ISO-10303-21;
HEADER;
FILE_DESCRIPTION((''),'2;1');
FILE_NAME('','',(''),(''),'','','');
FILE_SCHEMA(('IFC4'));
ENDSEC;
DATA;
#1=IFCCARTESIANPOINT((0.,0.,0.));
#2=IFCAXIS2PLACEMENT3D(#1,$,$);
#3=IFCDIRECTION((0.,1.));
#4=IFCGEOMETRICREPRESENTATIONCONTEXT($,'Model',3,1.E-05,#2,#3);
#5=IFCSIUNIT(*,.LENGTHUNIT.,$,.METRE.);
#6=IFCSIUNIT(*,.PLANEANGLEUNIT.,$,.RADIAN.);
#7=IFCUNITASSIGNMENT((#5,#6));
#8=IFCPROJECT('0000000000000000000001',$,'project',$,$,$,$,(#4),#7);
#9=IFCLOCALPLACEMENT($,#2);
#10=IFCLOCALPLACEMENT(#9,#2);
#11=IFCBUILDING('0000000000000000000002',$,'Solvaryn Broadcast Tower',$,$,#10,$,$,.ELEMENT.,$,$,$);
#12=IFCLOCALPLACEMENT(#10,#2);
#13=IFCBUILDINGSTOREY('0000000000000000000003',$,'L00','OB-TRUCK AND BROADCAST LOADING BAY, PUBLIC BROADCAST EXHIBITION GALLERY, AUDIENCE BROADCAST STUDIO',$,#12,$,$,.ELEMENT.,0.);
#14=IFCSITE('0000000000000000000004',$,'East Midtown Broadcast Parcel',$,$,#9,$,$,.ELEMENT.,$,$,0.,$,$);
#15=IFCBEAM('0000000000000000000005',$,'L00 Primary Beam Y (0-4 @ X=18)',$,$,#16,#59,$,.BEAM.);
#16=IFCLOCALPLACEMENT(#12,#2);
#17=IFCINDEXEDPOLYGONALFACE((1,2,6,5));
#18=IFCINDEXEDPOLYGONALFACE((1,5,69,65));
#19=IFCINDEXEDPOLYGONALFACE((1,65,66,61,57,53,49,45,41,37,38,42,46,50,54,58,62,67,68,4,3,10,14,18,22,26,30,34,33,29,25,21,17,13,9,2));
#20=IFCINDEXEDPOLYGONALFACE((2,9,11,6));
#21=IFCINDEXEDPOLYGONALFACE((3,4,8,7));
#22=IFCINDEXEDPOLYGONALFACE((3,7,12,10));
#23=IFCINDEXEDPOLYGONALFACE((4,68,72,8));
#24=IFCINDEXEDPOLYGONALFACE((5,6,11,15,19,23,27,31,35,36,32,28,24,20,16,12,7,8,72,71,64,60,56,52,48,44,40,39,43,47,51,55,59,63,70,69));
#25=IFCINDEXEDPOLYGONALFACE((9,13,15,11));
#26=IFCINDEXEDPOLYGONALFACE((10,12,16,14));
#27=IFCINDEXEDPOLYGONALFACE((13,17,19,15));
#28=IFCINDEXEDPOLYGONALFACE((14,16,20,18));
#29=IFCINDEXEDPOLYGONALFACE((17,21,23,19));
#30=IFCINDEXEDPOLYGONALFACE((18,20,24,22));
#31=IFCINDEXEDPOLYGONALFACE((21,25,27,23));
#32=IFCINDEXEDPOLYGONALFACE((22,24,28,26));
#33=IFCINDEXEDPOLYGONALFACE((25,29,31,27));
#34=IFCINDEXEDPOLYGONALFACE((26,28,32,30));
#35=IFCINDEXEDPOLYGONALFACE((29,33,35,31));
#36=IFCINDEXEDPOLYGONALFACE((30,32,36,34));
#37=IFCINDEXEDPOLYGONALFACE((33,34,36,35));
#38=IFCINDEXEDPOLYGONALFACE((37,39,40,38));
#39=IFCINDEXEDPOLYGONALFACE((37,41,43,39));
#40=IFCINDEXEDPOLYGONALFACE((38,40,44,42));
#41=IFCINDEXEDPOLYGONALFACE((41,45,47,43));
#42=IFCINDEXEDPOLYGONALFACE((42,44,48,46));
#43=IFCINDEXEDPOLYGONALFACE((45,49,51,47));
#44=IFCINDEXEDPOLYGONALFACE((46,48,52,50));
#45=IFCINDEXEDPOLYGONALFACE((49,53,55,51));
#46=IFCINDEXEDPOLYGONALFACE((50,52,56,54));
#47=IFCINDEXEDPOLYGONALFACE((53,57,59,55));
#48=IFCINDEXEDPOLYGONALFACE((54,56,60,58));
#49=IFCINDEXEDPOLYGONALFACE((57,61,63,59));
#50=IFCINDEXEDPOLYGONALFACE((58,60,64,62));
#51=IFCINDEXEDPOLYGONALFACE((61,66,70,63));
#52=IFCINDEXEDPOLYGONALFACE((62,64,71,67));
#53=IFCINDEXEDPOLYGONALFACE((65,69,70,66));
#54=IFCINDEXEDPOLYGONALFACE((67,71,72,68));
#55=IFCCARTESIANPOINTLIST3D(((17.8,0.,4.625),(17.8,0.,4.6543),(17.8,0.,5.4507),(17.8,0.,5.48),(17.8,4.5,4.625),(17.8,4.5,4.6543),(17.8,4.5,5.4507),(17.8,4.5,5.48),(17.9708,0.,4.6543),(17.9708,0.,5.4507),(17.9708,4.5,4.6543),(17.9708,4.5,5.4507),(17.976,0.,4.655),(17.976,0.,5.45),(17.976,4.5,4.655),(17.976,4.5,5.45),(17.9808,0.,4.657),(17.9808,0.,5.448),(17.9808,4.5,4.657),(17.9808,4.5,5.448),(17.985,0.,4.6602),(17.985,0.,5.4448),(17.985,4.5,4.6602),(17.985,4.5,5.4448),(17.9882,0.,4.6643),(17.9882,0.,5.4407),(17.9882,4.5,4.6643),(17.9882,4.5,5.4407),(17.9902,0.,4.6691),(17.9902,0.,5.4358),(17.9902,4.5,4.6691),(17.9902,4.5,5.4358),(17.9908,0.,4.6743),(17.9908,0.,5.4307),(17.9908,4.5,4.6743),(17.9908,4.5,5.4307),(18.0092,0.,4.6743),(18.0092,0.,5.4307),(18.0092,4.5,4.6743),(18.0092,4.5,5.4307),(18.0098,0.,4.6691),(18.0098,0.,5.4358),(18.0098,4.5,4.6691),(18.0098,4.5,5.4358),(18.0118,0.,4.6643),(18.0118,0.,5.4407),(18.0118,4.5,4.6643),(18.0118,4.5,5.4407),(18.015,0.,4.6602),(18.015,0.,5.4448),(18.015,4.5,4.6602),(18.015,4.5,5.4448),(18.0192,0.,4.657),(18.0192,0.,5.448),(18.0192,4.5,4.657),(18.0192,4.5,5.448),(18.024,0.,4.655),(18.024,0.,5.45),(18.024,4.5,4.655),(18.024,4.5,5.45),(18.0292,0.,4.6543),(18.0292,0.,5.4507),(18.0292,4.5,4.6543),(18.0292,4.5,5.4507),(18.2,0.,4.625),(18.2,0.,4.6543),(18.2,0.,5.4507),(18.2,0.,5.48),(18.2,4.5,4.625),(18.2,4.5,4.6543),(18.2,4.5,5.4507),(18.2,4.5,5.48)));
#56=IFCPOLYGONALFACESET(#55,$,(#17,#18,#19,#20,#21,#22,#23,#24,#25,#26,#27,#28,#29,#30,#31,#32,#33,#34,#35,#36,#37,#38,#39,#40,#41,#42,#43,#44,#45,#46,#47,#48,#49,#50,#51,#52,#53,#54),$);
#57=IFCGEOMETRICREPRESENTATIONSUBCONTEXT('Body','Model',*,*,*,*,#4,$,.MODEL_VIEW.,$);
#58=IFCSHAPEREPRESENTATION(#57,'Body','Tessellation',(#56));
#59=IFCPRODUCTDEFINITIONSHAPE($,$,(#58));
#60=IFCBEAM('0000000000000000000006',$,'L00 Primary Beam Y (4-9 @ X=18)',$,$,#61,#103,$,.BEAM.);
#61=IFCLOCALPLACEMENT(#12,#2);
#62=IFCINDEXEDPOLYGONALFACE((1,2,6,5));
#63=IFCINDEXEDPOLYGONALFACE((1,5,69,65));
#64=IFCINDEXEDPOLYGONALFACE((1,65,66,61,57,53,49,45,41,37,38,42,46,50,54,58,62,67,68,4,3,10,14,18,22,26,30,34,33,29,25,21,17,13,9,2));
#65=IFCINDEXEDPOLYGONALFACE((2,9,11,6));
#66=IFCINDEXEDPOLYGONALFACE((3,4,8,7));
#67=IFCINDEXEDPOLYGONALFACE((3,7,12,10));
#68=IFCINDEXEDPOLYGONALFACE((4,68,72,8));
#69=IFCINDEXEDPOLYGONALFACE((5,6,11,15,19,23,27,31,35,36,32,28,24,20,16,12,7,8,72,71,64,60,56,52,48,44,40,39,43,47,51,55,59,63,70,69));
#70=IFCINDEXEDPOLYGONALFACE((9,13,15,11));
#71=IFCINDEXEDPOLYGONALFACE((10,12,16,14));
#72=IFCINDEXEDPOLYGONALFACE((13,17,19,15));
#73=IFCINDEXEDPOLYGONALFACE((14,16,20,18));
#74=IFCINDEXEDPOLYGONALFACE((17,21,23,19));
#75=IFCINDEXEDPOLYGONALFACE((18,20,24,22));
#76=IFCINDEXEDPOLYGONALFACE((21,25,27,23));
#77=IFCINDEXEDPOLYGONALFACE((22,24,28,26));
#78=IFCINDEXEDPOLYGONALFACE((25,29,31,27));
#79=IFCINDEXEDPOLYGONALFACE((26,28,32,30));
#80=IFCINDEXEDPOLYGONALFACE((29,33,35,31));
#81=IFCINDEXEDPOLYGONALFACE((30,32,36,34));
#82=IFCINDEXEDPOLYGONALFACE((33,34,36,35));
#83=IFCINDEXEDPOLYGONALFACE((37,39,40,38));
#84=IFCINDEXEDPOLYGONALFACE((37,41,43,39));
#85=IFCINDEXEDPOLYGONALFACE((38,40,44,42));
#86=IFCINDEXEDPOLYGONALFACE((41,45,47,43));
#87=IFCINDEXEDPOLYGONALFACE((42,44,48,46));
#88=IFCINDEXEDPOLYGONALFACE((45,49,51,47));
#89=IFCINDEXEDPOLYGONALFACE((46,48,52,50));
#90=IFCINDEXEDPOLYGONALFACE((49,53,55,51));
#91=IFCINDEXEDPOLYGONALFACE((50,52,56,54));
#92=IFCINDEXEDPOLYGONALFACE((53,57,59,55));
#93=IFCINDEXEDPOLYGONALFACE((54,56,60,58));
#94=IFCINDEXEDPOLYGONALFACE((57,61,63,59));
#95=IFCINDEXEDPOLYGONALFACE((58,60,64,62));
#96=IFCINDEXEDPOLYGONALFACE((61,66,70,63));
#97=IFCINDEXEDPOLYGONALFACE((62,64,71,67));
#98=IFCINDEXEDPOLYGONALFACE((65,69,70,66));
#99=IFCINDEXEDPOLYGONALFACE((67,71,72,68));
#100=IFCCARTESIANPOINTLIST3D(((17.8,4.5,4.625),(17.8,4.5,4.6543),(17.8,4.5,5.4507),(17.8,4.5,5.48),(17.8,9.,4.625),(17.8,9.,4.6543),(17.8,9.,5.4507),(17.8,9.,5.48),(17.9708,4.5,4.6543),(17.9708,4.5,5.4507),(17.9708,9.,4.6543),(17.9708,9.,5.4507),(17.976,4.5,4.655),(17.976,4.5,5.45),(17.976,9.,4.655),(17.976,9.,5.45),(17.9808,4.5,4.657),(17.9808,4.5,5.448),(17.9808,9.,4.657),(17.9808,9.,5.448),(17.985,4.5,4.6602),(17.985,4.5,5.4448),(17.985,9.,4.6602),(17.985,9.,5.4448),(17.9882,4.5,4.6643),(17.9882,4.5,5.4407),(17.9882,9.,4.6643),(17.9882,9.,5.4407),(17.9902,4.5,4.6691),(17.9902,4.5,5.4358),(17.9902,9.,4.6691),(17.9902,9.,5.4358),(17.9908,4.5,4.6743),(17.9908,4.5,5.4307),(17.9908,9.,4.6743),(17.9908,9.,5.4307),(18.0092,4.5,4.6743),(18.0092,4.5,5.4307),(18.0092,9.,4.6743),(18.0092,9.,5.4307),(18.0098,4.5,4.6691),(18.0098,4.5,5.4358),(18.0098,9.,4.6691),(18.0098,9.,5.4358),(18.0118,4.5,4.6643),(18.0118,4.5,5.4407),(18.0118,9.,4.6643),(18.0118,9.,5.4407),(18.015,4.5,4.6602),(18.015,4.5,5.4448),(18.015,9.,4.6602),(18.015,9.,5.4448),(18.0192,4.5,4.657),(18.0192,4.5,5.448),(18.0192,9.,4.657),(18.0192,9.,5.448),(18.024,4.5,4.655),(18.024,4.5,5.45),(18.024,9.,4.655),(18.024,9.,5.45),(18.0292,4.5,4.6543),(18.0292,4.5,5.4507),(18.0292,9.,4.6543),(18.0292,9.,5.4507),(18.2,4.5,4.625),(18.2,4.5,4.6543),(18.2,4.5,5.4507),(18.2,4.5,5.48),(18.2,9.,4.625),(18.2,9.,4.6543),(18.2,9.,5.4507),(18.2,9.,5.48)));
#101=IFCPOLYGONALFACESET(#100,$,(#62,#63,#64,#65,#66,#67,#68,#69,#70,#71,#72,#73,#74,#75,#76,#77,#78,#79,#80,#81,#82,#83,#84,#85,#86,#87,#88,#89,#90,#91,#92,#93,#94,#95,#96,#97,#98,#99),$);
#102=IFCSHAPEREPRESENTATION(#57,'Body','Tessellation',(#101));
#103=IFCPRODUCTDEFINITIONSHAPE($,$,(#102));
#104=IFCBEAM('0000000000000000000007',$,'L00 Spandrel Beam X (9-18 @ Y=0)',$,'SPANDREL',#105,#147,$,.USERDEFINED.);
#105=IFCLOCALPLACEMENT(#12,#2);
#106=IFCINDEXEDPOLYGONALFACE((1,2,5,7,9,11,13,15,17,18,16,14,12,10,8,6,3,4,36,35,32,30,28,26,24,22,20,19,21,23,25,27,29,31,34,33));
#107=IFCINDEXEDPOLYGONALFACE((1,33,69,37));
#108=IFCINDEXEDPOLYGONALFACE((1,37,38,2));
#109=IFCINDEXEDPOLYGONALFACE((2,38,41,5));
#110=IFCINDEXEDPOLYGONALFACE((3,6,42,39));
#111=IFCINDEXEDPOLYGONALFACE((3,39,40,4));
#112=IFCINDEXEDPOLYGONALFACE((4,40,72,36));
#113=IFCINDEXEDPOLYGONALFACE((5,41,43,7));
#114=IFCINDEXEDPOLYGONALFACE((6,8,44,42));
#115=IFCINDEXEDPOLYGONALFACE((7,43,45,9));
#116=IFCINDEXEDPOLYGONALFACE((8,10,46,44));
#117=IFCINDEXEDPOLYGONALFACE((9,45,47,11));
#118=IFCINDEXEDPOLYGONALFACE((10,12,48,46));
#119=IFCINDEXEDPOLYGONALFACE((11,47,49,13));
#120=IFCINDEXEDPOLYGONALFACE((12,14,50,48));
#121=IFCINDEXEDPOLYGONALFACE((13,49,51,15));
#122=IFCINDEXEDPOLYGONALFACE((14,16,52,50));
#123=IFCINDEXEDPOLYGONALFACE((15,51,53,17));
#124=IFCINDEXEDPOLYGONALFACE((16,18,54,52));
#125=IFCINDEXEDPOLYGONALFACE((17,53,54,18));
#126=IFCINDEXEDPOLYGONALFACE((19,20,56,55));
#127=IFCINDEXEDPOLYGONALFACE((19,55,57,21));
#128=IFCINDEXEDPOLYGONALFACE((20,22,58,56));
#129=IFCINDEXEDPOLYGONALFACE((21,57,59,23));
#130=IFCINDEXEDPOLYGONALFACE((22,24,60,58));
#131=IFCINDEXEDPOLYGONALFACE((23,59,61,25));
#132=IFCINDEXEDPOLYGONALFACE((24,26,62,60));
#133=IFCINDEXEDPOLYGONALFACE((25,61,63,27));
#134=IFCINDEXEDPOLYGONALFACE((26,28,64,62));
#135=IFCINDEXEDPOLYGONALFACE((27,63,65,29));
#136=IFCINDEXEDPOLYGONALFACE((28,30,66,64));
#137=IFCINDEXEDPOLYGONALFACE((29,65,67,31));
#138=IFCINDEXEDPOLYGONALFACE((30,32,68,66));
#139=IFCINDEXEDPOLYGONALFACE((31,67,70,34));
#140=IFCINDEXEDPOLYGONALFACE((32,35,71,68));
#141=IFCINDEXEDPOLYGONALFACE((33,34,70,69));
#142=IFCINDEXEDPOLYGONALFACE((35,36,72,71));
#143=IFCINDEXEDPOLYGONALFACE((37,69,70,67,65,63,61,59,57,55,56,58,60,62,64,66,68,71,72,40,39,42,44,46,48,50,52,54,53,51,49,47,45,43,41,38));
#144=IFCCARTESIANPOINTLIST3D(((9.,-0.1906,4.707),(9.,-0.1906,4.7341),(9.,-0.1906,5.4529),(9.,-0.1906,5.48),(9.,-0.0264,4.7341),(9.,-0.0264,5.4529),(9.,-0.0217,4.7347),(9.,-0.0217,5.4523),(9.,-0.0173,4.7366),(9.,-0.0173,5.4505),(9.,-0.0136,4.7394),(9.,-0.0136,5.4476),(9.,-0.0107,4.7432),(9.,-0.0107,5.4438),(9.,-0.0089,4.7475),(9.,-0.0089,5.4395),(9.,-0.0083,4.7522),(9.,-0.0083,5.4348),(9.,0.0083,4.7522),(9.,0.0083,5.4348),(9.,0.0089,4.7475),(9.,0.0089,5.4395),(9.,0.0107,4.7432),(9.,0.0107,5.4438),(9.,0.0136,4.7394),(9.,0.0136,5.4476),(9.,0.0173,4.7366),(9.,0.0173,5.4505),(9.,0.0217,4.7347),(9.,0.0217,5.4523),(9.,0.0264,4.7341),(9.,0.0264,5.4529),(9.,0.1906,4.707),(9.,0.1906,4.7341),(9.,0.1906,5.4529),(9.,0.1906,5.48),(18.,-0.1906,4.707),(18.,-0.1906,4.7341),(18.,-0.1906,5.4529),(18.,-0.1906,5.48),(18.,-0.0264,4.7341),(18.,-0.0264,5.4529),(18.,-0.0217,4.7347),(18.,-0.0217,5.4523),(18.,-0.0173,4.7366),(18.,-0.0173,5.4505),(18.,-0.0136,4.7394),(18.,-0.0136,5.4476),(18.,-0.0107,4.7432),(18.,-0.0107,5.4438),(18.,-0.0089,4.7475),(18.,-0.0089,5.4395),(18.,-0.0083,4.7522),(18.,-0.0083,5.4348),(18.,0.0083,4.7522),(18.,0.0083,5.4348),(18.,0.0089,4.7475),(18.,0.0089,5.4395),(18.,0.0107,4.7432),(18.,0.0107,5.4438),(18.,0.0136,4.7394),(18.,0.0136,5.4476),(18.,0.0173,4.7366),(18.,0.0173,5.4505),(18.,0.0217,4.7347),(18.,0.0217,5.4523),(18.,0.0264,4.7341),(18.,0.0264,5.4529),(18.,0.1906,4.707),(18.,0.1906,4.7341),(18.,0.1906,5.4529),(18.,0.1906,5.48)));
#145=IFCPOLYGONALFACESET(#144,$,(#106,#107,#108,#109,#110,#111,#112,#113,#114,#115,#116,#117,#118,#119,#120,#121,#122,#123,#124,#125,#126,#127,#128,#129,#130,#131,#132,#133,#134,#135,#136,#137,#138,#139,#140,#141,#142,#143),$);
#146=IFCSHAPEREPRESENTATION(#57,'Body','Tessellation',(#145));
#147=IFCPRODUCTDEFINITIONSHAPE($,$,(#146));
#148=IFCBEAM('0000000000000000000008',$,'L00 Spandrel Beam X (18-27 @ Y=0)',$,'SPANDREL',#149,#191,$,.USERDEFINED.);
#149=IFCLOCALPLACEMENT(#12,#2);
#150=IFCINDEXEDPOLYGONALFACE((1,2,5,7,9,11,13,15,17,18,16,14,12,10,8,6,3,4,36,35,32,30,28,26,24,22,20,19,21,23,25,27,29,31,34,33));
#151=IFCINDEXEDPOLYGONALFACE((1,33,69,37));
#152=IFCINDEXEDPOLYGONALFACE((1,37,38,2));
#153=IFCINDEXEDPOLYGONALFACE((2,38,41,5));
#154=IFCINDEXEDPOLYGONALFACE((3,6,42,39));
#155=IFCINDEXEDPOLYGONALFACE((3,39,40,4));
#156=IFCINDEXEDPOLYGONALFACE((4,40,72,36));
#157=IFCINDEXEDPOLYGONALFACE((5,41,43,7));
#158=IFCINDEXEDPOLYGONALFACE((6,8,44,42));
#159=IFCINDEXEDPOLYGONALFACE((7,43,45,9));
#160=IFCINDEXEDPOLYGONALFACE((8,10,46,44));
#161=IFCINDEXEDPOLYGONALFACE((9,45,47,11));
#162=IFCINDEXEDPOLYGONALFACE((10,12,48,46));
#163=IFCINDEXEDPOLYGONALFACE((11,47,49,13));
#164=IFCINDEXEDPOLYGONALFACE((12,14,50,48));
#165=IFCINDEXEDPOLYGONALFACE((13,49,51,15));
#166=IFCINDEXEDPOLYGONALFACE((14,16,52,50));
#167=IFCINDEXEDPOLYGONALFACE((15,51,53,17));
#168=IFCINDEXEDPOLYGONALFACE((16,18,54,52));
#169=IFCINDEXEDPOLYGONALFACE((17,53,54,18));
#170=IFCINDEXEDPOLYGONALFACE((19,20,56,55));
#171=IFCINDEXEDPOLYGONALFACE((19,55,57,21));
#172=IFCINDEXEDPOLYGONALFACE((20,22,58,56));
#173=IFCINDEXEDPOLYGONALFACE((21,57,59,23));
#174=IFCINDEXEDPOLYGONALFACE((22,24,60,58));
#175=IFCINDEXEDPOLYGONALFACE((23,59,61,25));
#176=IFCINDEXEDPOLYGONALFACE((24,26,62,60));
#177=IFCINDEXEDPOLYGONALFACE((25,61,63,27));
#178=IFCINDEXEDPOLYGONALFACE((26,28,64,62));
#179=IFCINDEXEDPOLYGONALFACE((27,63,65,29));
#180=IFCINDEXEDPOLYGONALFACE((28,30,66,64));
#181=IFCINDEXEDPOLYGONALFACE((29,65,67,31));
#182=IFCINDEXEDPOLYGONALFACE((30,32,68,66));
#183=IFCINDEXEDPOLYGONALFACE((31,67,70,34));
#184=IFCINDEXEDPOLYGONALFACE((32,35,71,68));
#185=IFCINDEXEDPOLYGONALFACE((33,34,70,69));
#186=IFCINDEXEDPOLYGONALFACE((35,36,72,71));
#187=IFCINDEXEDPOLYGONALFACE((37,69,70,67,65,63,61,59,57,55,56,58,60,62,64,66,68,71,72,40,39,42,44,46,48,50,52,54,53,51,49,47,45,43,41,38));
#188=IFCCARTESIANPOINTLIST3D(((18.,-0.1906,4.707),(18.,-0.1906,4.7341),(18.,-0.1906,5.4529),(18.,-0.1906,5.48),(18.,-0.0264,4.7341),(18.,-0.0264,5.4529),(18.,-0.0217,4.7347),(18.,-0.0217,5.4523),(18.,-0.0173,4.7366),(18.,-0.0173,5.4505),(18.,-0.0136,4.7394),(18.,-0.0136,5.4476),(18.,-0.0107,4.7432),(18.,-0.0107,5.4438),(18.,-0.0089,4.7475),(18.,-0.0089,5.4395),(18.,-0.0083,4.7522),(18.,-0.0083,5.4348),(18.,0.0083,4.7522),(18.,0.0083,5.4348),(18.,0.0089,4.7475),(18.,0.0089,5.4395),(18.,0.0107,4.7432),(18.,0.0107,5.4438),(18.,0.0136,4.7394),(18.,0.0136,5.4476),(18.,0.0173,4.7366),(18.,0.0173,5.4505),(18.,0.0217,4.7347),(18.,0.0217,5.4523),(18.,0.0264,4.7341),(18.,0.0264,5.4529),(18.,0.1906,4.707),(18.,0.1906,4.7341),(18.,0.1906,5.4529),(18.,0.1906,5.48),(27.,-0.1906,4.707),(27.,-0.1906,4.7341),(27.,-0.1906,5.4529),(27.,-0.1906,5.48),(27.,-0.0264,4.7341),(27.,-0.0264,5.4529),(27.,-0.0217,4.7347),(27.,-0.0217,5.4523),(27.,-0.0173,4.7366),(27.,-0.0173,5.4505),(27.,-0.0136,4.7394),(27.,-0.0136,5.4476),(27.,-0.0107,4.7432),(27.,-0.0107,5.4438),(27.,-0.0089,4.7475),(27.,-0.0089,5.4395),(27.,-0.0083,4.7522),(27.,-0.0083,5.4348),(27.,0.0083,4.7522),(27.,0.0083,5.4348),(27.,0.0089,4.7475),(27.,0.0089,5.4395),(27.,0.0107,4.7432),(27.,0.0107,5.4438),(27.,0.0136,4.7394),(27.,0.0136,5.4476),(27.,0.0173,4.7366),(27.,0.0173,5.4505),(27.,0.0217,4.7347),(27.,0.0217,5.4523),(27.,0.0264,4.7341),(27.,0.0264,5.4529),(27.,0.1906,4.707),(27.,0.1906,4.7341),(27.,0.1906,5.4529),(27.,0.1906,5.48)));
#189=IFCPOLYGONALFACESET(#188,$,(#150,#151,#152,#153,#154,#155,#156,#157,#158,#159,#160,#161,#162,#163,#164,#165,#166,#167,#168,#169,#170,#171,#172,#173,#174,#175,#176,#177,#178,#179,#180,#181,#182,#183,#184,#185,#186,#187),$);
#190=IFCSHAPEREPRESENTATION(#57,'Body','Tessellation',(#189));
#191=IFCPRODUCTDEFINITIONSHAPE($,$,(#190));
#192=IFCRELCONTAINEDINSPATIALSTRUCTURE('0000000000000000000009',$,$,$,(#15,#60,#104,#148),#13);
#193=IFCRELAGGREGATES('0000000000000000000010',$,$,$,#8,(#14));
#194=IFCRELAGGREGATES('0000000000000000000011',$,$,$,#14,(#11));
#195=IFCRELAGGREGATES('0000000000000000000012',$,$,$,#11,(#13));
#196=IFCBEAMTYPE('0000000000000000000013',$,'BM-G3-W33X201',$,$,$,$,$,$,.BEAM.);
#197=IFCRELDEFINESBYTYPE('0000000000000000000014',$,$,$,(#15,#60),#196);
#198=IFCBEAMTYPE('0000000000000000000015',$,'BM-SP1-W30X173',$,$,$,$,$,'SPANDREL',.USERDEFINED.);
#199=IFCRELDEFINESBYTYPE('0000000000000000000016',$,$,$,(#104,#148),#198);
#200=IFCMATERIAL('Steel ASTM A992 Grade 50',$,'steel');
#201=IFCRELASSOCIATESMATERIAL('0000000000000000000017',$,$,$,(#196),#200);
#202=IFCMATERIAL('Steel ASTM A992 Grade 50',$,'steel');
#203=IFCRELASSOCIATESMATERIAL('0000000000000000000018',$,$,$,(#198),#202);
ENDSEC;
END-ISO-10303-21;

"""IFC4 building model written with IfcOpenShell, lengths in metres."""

from ifc_helpers import new_model, si_unit, direction, frame, origin, origin_2d, place, context, subcontext, project, spatial, i_section, extrude, material, material_profile, profile_set, type_object, element, save


model = new_model("IFC4")

# Units and contexts
model_context = context("Model", 3, precision=1e-05, world=origin(), true_north=direction((0.0, 1.0)))
body_context = subcontext(model_context, "Body", "Model", "MODEL_VIEW")
ifc_project = project(units=[si_unit("LENGTHUNIT", "METRE"), si_unit("PLANEANGLEUNIT", "RADIAN")], contexts=[model_context])

# Site, building, storey
site_placement = place(None, origin())
site = spatial("IfcSite", under=ifc_project, at=site_placement, Name="East Midtown Broadcast Parcel", CompositionType="ELEMENT", RefElevation=0.0)
building_placement = place(site_placement, origin())
building = spatial("IfcBuilding", under=site, at=building_placement, Name="Solvaryn Broadcast Tower", CompositionType="ELEMENT")
storey_placement = place(building_placement, origin())
storey = spatial("IfcBuildingStorey", under=building, at=storey_placement, Name="L00", Description="OB-TRUCK AND BROADCAST LOADING BAY, PUBLIC BROADCAST EXHIBITION GALLERY, AUDIENCE BROADCAST STUDIO", CompositionType="ELEMENT", Elevation=0.0)

# Beams
ifc_material_1 = material(Name="Steel ASTM A992 Grade 50", Category="steel")
ifc_material_profile_1 = material_profile(ifc_material_1, i_section(OverallWidth=0.3999, OverallDepth=0.855, WebThickness=0.0183, FlangeThickness=0.0293, FilletRadius=0.02, at=origin_2d()))
ifc_profile_set_1 = profile_set([ifc_material_profile_1], Name="Steel ASTM A992 Grade 50")
beam_type_1 = type_object("IfcBeamType", Name="BM-G3-W33X201", PredefinedType="BEAM", material=ifc_profile_set_1)
for number, where, z_axis, x_axis, name in (
    (1, (18.0, 0.0, 5.0525), (0.0, 1.0, 0.0), (-1.0, 0.0, 0.0), "L00 Primary Beam Y (0-4 @ X=18)"),
    (2, (18.0, 4.5, 5.0525), (0.0, 1.0, 0.0), (-1.0, 0.0, 0.0), "L00 Primary Beam Y (4-9 @ X=18)"),
):
    element("IfcBeam", number, at=place(storey_placement, frame(where, z_axis=z_axis, x_axis=x_axis)), inside=storey, type_object=beam_type_1, Name=name, PredefinedType="BEAM", context=body_context, shape_type="SweptSolid", body=[
        extrude(i_section(OverallWidth=0.3999, OverallDepth=0.855, WebThickness=0.0183, FlangeThickness=0.0293, FilletRadius=0.02, at=origin_2d()), origin(), (0.0, 0.0, 1.0), 4.5),
    ])
ifc_material_2 = material(Name="Steel ASTM A992 Grade 50", Category="steel")
ifc_material_profile_2 = material_profile(ifc_material_2, i_section(OverallWidth=0.3811, OverallDepth=0.7729, WebThickness=0.0166, FlangeThickness=0.0271, FilletRadius=0.0181, at=origin_2d()))
ifc_profile_set_2 = profile_set([ifc_material_profile_2], Name="Steel ASTM A992 Grade 50")
beam_type_2 = type_object("IfcBeamType", Name="BM-SP1-W30X173", ElementType="SPANDREL", PredefinedType="USERDEFINED", material=ifc_profile_set_2)
for number, where, z_axis, x_axis, name in (
    (3, (9.0, 0.0, 5.0935), (1.0, 0.0, 0.0), (0.0, 1.0, 0.0), "L00 Spandrel Beam X (9-18 @ Y=0)"),
    (4, (18.0, 0.0, 5.0935), (1.0, 0.0, 0.0), (0.0, 1.0, 0.0), "L00 Spandrel Beam X (18-27 @ Y=0)"),
):
    element("IfcBeam", number, at=place(storey_placement, frame(where, z_axis=z_axis, x_axis=x_axis)), inside=storey, type_object=beam_type_2, Name=name, ObjectType="SPANDREL", PredefinedType="USERDEFINED", context=body_context, shape_type="SweptSolid", body=[
        extrude(i_section(OverallWidth=0.3811, OverallDepth=0.7729, WebThickness=0.0166, FlangeThickness=0.0271, FilletRadius=0.0181, at=origin_2d()), origin(), (0.0, 0.0, 1.0), 9.0),
    ])

save(model, "model.ifc")
